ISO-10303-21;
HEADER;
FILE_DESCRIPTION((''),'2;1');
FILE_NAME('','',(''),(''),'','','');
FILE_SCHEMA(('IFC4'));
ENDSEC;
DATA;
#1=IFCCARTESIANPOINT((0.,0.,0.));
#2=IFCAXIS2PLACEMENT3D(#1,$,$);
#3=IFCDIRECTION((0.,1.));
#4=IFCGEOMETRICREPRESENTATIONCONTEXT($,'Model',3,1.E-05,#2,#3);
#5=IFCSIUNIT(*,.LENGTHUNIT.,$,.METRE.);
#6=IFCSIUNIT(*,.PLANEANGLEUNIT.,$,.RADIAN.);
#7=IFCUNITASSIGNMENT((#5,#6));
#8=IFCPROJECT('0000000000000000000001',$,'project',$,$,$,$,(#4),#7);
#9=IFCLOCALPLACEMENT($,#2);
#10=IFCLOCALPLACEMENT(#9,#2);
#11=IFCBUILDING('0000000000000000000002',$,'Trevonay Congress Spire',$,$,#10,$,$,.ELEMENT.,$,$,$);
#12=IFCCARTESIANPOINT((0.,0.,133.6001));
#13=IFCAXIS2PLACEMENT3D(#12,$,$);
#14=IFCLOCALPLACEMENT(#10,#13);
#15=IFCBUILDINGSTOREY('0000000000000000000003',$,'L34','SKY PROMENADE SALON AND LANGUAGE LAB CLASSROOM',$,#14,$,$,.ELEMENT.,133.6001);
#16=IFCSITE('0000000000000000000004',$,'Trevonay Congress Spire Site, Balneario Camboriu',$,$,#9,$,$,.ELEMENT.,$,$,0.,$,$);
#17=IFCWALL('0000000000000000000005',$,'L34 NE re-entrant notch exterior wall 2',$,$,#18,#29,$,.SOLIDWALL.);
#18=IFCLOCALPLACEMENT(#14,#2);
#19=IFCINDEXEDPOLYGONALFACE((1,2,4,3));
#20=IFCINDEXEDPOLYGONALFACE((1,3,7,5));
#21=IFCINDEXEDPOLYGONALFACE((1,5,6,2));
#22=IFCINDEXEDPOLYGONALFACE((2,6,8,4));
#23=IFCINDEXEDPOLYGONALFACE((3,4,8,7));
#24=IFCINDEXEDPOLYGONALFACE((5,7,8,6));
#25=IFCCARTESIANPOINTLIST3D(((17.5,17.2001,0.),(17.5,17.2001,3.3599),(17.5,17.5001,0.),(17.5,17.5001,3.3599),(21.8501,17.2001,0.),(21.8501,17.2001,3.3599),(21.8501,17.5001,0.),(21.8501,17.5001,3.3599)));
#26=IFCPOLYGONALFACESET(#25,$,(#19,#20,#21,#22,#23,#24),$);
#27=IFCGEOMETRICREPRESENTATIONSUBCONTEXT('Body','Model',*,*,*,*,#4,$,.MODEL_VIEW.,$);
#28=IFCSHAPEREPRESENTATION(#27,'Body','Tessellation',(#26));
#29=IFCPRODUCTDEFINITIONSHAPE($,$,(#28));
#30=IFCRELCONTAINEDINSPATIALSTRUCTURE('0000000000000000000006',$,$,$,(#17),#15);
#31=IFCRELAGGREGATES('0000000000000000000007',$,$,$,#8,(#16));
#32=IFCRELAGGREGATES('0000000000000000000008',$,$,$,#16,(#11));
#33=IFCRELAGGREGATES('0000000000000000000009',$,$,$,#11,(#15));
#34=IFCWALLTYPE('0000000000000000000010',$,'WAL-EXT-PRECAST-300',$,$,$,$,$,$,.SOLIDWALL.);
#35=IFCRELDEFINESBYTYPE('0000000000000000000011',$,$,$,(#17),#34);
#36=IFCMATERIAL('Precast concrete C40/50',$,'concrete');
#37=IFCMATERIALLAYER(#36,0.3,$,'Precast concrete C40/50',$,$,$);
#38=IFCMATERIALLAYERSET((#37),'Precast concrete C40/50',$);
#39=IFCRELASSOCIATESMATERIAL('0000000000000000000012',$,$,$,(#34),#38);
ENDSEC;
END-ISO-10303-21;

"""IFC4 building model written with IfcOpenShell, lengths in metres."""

from ifc_helpers import new_model, si_unit, direction, frame, frame_2d, origin, place, context, subcontext, project, spatial, rectangle, extrude, material, layer, layer_set, type_object, element, save


model = new_model("IFC4")

# Units and contexts
model_context = context("Model", 3, precision=1e-05, world=origin(), true_north=direction((0.0, 1.0)))
body_context = subcontext(model_context, "Body", "Model", "MODEL_VIEW")
ifc_project = project(units=[si_unit("LENGTHUNIT", "METRE"), si_unit("PLANEANGLEUNIT", "RADIAN")], contexts=[model_context])

# Site, building, storey
site_placement = place(None, origin())
site = spatial("IfcSite", under=ifc_project, at=site_placement, Name="Trevonay Congress Spire Site, Balneario Camboriu", CompositionType="ELEMENT", RefElevation=0.0)
building_placement = place(site_placement, origin())
building = spatial("IfcBuilding", under=site, at=building_placement, Name="Trevonay Congress Spire", CompositionType="ELEMENT")
storey_placement = place(building_placement, frame((0.0, 0.0, 133.6001)))
storey = spatial("IfcBuildingStorey", under=building, at=storey_placement, Name="L34", Description="SKY PROMENADE SALON AND LANGUAGE LAB CLASSROOM", CompositionType="ELEMENT", Elevation=133.6001)

# Shared definitions
ifc_material_1 = material(Name="Precast concrete C40/50", Category="concrete")
ifc_layer_1 = layer(ifc_material_1, 0.3, Name="Precast concrete C40/50")
ifc_layer_set_1 = layer_set([ifc_layer_1], Name="Precast concrete C40/50")
wall_type = type_object("IfcWallType", Name="WAL-EXT-PRECAST-300", PredefinedType="SOLIDWALL", material=ifc_layer_set_1)

# Wall
wall_1_placement = place(storey_placement, frame((21.8501, 17.3501, 0.0), z_axis=(0.0, 0.0, 1.0), x_axis=(-1.0, 0.0, 0.0)))
element("IfcWall", 1, at=wall_1_placement, inside=storey, type_object=wall_type, Name="L34 NE re-entrant notch exterior wall 2", PredefinedType="SOLIDWALL", context=body_context, shape_type="SweptSolid", body=[
    extrude(rectangle(XDim=4.3501, YDim=0.3, at=frame_2d((2.175, 0.0))), origin(), (0.0, 0.0, 1.0), 3.3599),
])

save(model, "model.ifc")
